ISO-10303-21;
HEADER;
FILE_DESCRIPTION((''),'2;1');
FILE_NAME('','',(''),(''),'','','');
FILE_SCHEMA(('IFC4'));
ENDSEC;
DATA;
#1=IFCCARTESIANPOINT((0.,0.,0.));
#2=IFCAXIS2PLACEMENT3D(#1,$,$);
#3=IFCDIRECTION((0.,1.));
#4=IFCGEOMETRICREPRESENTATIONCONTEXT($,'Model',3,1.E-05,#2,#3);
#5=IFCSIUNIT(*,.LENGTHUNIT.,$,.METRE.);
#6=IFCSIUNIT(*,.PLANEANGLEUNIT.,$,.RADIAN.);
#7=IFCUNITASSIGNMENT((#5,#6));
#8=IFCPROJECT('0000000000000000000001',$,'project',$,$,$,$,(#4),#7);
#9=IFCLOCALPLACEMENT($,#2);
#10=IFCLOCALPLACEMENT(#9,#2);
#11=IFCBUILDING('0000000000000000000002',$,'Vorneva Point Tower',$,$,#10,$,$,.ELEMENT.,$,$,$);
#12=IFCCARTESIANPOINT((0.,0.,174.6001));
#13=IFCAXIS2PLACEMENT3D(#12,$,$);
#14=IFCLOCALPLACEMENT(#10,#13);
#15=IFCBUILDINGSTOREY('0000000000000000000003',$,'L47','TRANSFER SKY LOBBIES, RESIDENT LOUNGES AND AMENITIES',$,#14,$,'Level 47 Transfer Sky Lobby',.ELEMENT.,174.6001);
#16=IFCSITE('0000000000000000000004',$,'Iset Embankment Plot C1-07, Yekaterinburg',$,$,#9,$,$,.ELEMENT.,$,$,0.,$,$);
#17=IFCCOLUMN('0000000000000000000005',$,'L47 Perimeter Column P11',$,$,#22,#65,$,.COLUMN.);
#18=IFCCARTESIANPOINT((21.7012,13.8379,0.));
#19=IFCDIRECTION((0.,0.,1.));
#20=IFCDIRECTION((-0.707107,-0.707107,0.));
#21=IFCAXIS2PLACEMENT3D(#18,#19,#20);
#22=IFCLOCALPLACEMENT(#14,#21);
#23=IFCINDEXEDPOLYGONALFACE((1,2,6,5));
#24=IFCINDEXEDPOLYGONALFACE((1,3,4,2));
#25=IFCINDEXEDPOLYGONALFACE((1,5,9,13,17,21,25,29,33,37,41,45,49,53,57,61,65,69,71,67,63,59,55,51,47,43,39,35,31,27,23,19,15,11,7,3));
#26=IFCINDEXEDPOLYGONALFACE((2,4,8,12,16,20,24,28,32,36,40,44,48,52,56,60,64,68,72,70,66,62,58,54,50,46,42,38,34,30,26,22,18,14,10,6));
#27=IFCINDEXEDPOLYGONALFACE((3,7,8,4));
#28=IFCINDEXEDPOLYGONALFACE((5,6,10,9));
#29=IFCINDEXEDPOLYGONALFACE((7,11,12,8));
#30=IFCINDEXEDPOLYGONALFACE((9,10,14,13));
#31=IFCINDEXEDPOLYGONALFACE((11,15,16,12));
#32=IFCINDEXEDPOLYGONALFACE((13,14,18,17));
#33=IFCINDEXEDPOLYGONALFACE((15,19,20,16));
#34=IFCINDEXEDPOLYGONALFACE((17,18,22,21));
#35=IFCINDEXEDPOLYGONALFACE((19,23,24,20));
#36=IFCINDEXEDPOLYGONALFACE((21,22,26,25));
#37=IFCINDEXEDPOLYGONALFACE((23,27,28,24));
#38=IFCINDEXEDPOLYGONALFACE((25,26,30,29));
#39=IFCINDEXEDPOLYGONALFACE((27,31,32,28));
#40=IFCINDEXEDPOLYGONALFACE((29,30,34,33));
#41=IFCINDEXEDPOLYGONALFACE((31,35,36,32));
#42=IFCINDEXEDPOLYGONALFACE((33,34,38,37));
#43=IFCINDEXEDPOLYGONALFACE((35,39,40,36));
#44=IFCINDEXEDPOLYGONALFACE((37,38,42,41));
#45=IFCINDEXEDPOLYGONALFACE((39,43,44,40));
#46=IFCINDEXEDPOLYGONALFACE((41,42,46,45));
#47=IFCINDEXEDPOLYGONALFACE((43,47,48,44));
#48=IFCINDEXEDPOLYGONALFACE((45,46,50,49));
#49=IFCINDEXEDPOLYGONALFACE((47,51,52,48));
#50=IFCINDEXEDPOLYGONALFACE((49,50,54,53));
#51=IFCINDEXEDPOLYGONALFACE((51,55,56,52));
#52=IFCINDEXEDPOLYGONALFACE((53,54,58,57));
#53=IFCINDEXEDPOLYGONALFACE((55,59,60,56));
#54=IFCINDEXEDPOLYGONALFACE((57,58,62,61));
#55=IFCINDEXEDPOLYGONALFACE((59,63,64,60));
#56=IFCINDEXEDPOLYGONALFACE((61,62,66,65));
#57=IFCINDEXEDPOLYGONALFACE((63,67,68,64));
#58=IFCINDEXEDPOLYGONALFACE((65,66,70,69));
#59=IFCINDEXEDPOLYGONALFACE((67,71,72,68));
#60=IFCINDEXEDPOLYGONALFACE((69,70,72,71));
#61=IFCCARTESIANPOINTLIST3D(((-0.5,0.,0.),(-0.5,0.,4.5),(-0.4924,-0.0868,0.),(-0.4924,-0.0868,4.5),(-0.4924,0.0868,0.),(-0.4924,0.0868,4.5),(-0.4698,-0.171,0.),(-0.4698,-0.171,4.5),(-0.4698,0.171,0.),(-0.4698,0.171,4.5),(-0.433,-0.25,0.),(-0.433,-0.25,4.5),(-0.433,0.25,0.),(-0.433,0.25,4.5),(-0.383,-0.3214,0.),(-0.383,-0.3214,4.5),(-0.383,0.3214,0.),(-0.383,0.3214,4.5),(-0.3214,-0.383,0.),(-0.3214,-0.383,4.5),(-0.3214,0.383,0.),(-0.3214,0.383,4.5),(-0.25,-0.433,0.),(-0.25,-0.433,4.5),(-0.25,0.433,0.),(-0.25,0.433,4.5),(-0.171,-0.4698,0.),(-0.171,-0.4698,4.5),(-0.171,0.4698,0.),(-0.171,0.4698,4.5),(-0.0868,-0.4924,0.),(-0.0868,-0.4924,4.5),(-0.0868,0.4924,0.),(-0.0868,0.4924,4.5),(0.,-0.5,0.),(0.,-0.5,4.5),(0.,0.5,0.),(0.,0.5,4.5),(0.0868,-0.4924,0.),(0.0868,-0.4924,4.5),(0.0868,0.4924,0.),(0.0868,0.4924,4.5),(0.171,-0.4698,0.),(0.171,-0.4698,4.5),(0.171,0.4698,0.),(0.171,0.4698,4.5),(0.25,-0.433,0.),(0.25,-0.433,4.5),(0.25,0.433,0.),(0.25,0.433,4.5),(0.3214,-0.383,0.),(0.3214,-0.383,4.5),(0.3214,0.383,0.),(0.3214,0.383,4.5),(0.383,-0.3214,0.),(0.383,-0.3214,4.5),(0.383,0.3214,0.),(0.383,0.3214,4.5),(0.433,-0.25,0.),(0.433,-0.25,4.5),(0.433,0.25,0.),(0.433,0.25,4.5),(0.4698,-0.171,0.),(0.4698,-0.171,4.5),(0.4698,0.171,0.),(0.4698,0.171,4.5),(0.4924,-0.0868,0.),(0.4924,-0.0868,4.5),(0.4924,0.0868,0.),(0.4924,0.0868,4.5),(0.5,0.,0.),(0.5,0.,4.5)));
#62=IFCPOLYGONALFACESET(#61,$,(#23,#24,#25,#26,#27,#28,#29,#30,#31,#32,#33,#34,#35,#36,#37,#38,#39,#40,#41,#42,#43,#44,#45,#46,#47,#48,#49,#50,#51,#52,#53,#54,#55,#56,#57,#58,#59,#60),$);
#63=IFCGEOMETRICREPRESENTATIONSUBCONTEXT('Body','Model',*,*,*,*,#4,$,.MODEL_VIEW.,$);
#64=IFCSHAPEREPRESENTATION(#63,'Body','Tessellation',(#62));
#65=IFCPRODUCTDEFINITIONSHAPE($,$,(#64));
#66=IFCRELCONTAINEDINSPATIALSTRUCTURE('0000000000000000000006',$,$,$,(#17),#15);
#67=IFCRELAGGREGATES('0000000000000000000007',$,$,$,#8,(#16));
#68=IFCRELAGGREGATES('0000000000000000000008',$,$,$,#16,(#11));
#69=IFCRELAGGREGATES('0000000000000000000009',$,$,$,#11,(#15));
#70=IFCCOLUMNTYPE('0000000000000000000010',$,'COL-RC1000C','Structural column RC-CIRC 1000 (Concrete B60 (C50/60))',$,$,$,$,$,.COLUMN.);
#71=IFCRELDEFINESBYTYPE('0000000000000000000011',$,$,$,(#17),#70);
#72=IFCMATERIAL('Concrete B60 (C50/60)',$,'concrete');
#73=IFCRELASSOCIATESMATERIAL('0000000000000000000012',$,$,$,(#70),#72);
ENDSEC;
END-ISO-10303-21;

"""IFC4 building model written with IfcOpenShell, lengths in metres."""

from ifc_helpers import new_model, si_unit, direction, frame, origin, origin_2d, place, context, subcontext, project, spatial, circle, extrude, material, material_profile, profile_set, type_object, element, save


model = new_model("IFC4")

# Units and contexts
model_context = context("Model", 3, precision=1e-05, world=origin(), true_north=direction((0.0, 1.0)))
body_context = subcontext(model_context, "Body", "Model", "MODEL_VIEW")
ifc_project = project(units=[si_unit("LENGTHUNIT", "METRE"), si_unit("PLANEANGLEUNIT", "RADIAN")], contexts=[model_context])

# Site, building, storey
site_placement = place(None, origin())
site = spatial("IfcSite", under=ifc_project, at=site_placement, Name="Iset Embankment Plot C1-07, Yekaterinburg", CompositionType="ELEMENT", RefElevation=0.0)
building_placement = place(site_placement, origin())
building = spatial("IfcBuilding", under=site, at=building_placement, Name="Vorneva Point Tower", CompositionType="ELEMENT")
storey_placement = place(building_placement, frame((0.0, 0.0, 174.6001)))
storey = spatial("IfcBuildingStorey", under=building, at=storey_placement, Name="L47", Description="TRANSFER SKY LOBBIES, RESIDENT LOUNGES AND AMENITIES", LongName="Level 47 Transfer Sky Lobby", CompositionType="ELEMENT", Elevation=174.6001)

# Column
ifc_material_1 = material(Name="Concrete B60 (C50/60)", Category="concrete")
ifc_material_profile_1 = material_profile(ifc_material_1, circle(Radius=0.5, at=origin_2d()), Name="RC-CIRC 1000")
ifc_profile_set_1 = profile_set([ifc_material_profile_1], Name="Concrete B60 (C50/60)")
column_type_1 = type_object("IfcColumnType", Name="COL-RC1000C", Description="Structural column RC-CIRC 1000 (Concrete B60 (C50/60))", PredefinedType="COLUMN", material=ifc_profile_set_1)
column_1_placement = place(storey_placement, frame((21.7012, 13.8379, 0.0), z_axis=(0.0, 0.0, 1.0), x_axis=(-0.707107, -0.707107, 0.0)))
element("IfcColumn", 1, at=column_1_placement, inside=storey, type_object=column_type_1, Name="L47 Perimeter Column P11", PredefinedType="COLUMN", context=body_context, shape_type="SweptSolid", body=[
    extrude(circle(Radius=0.5, at=origin_2d()), origin(), (0.0, 0.0, 1.0), 4.5),
])

save(model, "model.ifc")
